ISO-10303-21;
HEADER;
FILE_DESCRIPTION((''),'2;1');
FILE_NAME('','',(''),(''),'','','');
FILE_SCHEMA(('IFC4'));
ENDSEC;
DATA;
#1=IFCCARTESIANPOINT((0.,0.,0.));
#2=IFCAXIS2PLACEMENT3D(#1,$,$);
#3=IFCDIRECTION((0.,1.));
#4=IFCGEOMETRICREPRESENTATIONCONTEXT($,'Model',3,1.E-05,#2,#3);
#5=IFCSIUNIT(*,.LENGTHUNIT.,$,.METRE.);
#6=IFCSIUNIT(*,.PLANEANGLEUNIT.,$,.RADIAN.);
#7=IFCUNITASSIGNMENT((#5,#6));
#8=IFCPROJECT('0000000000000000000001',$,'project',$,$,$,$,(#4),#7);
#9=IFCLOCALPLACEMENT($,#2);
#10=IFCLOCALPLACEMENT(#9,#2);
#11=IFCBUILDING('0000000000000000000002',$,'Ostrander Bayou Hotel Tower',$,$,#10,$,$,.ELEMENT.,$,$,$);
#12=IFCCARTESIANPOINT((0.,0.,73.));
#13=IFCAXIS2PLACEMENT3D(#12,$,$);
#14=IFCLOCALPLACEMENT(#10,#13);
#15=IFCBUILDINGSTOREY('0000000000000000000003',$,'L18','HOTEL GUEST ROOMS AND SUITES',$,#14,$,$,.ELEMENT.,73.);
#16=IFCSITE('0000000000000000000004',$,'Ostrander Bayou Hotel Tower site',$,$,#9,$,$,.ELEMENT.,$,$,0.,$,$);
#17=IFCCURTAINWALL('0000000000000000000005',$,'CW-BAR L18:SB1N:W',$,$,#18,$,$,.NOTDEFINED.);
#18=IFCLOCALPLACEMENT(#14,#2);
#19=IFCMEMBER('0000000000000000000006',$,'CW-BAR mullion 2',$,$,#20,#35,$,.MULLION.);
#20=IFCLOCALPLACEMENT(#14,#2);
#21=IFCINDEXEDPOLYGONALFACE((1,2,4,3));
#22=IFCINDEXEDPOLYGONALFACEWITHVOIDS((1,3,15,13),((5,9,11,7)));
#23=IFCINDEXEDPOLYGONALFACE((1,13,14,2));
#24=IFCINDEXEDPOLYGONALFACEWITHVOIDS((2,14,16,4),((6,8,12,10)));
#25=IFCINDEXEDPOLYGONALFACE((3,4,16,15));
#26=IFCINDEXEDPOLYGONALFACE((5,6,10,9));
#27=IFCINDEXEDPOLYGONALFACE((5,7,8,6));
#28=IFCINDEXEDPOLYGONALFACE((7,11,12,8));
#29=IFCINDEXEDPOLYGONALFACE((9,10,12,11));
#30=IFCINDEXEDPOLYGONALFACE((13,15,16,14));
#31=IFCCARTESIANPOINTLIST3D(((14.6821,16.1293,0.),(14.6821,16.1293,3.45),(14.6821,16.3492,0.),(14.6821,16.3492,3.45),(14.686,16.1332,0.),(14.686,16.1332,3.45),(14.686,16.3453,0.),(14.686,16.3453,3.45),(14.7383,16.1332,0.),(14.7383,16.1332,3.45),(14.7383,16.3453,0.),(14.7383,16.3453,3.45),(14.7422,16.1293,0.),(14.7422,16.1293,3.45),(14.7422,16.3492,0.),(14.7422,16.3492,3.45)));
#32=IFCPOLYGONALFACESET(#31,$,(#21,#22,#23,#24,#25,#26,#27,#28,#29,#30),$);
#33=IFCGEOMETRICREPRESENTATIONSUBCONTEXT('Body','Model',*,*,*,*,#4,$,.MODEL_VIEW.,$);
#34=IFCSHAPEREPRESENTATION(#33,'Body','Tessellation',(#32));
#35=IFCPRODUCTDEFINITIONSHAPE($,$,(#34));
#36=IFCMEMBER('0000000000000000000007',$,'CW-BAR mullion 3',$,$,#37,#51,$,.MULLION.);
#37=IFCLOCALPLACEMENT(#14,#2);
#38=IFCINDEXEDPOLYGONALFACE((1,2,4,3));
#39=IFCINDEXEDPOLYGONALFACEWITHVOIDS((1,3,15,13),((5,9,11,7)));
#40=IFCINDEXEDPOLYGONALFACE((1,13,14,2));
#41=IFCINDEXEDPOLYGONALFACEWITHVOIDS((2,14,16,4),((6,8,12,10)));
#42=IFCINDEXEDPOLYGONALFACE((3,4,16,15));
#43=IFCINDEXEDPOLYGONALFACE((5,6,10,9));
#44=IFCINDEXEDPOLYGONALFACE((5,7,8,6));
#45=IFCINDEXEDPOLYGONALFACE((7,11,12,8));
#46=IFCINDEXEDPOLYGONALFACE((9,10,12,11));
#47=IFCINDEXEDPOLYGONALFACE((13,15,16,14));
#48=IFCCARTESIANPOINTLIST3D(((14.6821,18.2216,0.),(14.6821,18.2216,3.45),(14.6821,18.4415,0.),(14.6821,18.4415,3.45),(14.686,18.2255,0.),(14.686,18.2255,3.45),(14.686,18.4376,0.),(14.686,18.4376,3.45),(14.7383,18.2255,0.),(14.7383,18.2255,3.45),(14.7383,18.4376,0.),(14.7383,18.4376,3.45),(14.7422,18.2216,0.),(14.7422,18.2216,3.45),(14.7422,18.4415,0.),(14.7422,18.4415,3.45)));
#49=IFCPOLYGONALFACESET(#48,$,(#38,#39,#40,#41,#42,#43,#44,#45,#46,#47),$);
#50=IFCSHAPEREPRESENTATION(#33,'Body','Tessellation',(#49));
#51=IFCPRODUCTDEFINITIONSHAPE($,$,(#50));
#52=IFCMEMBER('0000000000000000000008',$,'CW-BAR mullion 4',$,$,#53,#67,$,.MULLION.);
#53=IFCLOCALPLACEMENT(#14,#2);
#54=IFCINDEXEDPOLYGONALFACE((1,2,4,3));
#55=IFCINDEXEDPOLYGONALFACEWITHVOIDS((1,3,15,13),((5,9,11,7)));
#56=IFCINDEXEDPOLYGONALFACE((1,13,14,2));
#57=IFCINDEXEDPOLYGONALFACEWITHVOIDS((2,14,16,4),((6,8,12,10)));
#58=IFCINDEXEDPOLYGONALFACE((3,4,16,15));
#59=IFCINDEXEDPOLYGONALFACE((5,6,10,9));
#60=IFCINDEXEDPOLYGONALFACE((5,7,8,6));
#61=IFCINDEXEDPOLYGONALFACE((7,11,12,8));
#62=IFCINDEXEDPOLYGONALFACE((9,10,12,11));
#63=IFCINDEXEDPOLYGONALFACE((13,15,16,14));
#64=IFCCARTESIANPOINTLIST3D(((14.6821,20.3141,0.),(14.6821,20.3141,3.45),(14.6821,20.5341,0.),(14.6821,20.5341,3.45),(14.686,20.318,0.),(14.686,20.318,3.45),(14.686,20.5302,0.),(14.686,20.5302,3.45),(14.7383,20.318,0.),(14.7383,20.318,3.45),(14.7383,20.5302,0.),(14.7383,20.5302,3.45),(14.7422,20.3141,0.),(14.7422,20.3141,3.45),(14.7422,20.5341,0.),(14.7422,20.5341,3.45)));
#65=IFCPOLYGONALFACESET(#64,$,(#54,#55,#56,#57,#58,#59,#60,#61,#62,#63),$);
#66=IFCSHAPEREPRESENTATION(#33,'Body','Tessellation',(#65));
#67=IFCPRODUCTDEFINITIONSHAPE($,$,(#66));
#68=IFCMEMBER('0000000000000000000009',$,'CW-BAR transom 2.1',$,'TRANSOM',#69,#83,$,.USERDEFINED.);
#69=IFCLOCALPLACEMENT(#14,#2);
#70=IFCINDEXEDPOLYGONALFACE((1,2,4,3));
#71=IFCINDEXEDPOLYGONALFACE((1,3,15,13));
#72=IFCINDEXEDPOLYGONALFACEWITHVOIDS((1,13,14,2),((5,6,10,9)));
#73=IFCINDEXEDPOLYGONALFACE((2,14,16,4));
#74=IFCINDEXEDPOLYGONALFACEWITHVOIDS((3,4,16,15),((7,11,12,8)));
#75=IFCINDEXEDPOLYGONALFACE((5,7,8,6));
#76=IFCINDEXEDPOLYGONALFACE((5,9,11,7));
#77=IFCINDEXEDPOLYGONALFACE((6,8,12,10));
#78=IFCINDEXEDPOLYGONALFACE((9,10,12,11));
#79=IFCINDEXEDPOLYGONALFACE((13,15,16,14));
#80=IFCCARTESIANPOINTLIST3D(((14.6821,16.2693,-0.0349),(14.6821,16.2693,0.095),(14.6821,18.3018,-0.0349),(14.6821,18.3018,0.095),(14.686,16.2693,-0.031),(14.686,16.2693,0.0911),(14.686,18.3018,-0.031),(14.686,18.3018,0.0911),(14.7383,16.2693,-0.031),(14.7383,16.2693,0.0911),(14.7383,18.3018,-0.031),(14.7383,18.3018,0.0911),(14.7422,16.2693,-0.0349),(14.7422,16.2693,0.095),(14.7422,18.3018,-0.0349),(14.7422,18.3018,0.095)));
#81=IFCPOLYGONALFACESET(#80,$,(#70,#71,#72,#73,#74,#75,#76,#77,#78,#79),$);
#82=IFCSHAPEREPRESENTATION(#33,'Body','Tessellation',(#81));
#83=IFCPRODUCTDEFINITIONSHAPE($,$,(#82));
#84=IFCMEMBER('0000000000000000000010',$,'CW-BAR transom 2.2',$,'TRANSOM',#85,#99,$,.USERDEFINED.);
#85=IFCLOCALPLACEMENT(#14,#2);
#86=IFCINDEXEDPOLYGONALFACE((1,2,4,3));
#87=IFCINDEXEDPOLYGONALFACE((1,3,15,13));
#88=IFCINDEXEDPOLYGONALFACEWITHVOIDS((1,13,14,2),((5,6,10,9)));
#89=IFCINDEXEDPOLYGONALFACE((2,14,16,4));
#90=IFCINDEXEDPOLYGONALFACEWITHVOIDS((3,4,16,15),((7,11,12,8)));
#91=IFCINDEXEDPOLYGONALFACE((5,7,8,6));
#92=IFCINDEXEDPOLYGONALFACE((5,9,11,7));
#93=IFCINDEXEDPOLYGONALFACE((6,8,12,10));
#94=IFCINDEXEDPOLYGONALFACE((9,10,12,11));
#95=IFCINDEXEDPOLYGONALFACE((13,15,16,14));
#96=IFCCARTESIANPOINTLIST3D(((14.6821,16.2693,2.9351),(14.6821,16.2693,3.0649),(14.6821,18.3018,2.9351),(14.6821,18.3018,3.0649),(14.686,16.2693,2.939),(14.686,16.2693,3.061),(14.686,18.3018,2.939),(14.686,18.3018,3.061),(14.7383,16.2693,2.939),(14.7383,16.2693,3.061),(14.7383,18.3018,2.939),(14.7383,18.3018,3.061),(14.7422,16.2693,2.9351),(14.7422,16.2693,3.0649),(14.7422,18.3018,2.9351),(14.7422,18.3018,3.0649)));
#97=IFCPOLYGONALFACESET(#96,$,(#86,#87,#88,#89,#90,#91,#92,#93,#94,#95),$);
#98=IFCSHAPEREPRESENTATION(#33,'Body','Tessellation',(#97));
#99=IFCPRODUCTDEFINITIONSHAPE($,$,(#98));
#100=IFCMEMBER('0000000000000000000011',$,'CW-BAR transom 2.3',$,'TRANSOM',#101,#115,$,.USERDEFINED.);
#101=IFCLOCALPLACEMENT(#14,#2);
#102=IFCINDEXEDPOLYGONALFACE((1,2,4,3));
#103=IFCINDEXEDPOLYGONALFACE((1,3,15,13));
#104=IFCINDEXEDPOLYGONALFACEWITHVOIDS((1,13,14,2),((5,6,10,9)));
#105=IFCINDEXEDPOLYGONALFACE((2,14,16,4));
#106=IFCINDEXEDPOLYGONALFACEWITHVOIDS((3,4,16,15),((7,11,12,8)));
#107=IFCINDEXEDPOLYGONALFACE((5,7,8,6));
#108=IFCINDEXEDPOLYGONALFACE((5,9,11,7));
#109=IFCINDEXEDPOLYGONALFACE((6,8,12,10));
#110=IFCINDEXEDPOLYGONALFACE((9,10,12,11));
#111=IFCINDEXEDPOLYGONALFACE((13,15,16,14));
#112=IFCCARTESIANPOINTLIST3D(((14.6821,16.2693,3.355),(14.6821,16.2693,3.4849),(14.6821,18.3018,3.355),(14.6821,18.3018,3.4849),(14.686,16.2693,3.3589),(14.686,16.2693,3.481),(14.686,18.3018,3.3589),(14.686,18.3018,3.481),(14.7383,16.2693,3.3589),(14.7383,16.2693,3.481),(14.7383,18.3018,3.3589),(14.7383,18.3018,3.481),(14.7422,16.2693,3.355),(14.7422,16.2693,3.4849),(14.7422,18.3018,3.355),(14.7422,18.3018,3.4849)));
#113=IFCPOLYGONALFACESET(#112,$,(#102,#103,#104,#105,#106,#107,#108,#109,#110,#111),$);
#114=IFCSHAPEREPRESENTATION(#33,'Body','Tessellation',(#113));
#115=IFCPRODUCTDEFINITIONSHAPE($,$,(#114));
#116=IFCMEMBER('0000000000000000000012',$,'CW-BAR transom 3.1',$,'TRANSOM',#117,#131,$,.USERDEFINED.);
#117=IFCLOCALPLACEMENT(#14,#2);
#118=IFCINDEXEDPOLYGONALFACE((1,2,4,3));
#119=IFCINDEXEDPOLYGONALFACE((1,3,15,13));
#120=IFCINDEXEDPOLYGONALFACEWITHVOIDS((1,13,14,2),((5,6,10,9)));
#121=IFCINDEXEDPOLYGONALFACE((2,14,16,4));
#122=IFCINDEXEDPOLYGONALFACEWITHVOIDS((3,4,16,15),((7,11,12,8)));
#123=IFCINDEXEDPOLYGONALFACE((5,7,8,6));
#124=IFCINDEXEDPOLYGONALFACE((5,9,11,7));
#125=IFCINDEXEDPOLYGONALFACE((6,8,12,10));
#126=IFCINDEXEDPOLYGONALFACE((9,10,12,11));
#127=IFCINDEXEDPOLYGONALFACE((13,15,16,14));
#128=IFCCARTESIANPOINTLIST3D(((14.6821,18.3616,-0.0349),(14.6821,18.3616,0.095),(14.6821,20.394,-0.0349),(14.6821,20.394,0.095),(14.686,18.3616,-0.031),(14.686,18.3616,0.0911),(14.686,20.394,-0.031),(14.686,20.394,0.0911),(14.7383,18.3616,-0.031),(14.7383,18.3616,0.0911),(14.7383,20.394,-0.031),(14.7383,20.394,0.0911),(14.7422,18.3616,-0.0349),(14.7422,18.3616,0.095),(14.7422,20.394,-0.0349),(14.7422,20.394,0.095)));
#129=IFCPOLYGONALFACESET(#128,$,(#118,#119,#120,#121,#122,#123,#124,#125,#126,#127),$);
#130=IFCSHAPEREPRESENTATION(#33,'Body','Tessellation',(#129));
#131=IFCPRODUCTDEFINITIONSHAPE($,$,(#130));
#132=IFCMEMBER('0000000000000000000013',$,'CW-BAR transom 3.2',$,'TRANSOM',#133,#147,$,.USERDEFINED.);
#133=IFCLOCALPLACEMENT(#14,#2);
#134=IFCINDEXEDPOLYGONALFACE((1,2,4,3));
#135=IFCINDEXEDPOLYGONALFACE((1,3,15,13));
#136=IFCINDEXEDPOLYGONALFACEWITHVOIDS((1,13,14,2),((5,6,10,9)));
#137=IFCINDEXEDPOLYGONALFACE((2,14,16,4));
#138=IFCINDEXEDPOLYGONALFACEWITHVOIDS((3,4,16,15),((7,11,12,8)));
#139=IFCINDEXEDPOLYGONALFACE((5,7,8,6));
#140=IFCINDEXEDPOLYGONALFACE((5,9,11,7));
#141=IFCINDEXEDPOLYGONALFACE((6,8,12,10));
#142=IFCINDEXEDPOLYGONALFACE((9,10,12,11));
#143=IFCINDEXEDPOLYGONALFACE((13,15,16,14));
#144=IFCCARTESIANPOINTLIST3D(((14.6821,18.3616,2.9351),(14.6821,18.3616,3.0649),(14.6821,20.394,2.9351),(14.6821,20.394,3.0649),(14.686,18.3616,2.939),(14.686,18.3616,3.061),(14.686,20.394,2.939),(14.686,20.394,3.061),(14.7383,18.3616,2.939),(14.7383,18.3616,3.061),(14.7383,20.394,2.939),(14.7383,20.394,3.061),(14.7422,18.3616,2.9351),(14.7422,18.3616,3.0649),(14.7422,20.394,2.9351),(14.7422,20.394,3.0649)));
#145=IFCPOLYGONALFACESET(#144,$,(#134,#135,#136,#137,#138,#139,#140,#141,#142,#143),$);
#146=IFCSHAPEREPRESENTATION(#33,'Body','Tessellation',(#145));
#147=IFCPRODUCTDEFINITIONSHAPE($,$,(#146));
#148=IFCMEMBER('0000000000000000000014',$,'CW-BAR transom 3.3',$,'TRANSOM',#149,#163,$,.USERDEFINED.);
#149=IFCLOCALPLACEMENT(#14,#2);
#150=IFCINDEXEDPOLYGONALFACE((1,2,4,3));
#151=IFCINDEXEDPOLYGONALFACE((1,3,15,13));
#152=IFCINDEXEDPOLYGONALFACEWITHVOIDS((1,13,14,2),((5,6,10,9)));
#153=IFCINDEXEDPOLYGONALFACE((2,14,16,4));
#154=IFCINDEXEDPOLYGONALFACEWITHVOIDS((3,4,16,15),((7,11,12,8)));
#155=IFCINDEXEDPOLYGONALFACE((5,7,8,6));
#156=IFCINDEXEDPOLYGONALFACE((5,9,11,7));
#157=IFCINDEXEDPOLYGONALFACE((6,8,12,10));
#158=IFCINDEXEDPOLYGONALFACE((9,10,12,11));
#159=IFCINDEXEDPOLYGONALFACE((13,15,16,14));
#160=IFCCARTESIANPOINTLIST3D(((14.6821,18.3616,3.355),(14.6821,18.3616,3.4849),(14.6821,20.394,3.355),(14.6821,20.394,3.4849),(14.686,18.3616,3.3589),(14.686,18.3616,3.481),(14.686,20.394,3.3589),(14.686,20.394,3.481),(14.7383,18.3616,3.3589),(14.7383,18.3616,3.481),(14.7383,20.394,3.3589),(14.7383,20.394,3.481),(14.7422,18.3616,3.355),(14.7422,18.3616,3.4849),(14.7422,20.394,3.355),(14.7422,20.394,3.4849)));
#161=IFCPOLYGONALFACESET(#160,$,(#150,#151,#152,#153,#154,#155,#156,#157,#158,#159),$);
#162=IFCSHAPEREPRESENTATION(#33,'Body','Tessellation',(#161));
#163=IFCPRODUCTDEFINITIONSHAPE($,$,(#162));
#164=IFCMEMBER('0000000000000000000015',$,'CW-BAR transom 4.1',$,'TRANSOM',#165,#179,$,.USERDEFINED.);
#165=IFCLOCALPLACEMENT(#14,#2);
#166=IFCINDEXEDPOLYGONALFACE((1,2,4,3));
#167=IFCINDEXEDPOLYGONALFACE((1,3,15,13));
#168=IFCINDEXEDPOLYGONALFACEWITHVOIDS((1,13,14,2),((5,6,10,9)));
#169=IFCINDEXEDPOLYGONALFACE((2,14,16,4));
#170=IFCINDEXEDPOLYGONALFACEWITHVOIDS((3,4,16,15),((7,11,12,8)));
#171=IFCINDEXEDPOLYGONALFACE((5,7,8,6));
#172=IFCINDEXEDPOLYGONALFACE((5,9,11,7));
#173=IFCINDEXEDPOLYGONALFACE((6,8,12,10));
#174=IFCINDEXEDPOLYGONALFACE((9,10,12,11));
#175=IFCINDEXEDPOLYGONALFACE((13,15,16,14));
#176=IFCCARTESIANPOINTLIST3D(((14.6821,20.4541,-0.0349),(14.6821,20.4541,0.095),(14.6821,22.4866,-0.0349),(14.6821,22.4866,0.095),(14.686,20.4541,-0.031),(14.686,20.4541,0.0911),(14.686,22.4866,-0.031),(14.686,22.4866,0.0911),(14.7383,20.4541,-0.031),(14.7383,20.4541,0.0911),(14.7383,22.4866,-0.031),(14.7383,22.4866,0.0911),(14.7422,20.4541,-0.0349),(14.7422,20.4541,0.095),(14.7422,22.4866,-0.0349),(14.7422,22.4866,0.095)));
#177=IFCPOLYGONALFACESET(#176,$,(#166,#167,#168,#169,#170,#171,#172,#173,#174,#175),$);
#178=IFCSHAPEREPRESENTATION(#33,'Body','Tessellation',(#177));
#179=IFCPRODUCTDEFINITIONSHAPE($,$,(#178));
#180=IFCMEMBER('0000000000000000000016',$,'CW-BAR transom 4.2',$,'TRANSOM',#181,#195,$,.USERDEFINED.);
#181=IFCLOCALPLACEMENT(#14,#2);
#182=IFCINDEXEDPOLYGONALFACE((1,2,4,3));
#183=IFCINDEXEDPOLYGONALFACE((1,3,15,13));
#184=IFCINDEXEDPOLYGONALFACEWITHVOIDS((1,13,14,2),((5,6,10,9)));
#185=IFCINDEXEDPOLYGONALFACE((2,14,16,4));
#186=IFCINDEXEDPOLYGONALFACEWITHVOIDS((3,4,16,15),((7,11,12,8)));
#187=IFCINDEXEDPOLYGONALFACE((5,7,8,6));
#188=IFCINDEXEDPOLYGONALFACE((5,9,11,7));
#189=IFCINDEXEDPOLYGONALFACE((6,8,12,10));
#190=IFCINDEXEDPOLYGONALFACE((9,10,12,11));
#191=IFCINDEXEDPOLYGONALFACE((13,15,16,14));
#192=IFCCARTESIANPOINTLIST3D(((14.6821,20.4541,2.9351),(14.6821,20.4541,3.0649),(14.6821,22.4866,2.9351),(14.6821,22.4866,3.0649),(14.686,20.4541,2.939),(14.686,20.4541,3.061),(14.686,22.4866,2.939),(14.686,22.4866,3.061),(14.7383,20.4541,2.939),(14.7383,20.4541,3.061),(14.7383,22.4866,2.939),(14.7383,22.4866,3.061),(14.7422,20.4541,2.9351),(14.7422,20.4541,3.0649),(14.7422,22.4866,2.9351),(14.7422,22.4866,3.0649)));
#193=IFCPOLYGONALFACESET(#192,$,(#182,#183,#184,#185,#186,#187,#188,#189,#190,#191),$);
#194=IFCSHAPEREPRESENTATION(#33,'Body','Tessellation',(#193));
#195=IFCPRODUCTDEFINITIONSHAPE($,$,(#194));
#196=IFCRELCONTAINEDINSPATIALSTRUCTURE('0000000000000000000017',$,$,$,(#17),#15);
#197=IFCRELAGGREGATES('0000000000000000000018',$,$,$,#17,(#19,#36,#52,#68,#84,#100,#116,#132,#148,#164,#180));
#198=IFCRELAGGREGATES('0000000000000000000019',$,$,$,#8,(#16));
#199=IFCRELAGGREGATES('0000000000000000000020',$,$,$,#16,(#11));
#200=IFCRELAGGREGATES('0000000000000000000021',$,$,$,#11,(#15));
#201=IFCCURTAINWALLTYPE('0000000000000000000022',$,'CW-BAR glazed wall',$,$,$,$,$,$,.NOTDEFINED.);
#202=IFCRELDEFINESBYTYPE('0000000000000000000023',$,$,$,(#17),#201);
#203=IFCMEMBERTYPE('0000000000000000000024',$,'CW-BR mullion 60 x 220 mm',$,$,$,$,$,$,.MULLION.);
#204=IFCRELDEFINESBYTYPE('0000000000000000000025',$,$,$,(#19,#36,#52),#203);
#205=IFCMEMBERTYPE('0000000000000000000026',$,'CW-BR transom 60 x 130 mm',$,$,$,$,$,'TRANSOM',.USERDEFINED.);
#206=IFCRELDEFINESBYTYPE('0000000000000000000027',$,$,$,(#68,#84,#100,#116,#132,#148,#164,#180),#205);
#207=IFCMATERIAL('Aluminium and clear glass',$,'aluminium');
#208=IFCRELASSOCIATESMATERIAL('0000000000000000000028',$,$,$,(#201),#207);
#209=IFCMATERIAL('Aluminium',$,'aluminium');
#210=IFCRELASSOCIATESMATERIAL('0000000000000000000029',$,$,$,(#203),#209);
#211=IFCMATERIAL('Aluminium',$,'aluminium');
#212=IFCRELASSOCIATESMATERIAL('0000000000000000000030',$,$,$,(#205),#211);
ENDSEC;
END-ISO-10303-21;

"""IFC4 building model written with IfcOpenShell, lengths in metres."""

from ifc_helpers import new_model, si_unit, direction, frame, origin, origin_2d, place, context, subcontext, project, spatial, hollow_rectangle, extrude, material, material_profile, profile_set, type_object, element, aggregate, save


model = new_model("IFC4")

# Units and contexts
model_context = context("Model", 3, precision=1e-05, world=origin(), true_north=direction((0.0, 1.0)))
body_context = subcontext(model_context, "Body", "Model", "MODEL_VIEW")
ifc_project = project(units=[si_unit("LENGTHUNIT", "METRE"), si_unit("PLANEANGLEUNIT", "RADIAN")], contexts=[model_context])

# Site, building, storey
site_placement = place(None, origin())
site = spatial("IfcSite", under=ifc_project, at=site_placement, Name="Ostrander Bayou Hotel Tower site", CompositionType="ELEMENT", RefElevation=0.0)
building_placement = place(site_placement, origin())
building = spatial("IfcBuilding", under=site, at=building_placement, Name="Ostrander Bayou Hotel Tower", CompositionType="ELEMENT")
storey_placement = place(building_placement, frame((0.0, 0.0, 73.0)))
storey = spatial("IfcBuildingStorey", under=building, at=storey_placement, Name="L18", Description="HOTEL GUEST ROOMS AND SUITES", CompositionType="ELEMENT", Elevation=73.0)

# Curtain wall, members
ifc_material_1 = material(Name="Aluminium and clear glass", Category="aluminium")
curtain_wall_type = type_object("IfcCurtainWallType", Name="CW-BAR glazed wall", PredefinedType="NOTDEFINED", material=ifc_material_1)
curtain_wall_placement = place(storey_placement, origin())
curtain_wall = element("IfcCurtainWall", 1, at=curtain_wall_placement, inside=storey, type_object=curtain_wall_type, Name="CW-BAR L18:SB1N:W", PredefinedType="NOTDEFINED")
ifc_material_2 = material(Name="Aluminium", Category="aluminium")
ifc_material_profile_1 = material_profile(ifc_material_2, hollow_rectangle(XDim=0.0601, YDim=0.22, WallThickness=0.0039, at=origin_2d()))
ifc_profile_set_1 = profile_set([ifc_material_profile_1], Name="Aluminium")
member_type_1 = type_object("IfcMemberType", Name="CW-BR mullion 60 x 220 mm", PredefinedType="MULLION", material=ifc_profile_set_1)
member_1_placement = place(storey_placement, frame((14.7122, 16.2393, 0.0), z_axis=(0.0, 0.0, 1.0), x_axis=(-1.0, 0.0, 0.0)))
member_1 = element("IfcMember", 2, at=member_1_placement, type_object=member_type_1, Name="CW-BAR mullion 2", PredefinedType="MULLION", context=body_context, shape_type="SweptSolid", body=[
    extrude(hollow_rectangle(XDim=0.0601, YDim=0.22, WallThickness=0.0039, at=origin_2d()), origin(), (0.0, 0.0, 1.0), 3.45),
])
member_2_placement = place(storey_placement, frame((14.7122, 18.3315, 0.0), z_axis=(0.0, 0.0, 1.0), x_axis=(-1.0, 0.0, 0.0)))
member_2 = element("IfcMember", 3, at=member_2_placement, type_object=member_type_1, Name="CW-BAR mullion 3", PredefinedType="MULLION", context=body_context, shape_type="SweptSolid", body=[
    extrude(hollow_rectangle(XDim=0.0601, YDim=0.22, WallThickness=0.0039, at=origin_2d()), origin(), (0.0, 0.0, 1.0), 3.45),
])
member_3_placement = place(storey_placement, frame((14.7122, 20.4241, 0.0), z_axis=(0.0, 0.0, 1.0), x_axis=(-1.0, 0.0, 0.0)))
member_3 = element("IfcMember", 4, at=member_3_placement, type_object=member_type_1, Name="CW-BAR mullion 4", PredefinedType="MULLION", context=body_context, shape_type="SweptSolid", body=[
    extrude(hollow_rectangle(XDim=0.0601, YDim=0.22, WallThickness=0.0039, at=origin_2d()), origin(), (0.0, 0.0, 1.0), 3.45),
])
ifc_material_3 = material(Name="Aluminium", Category="aluminium")
ifc_material_profile_2 = material_profile(ifc_material_3, hollow_rectangle(XDim=0.0601, YDim=0.1299, WallThickness=0.0039, at=origin_2d()))
ifc_profile_set_2 = profile_set([ifc_material_profile_2], Name="Aluminium")
member_type_2 = type_object("IfcMemberType", Name="CW-BR transom 60 x 130 mm", ElementType="TRANSOM", PredefinedType="USERDEFINED", material=ifc_profile_set_2)
member_4_placement = place(storey_placement, frame((14.7122, 16.2693, 0.03), z_axis=(0.0, 1.0, 0.0), x_axis=(-1.0, 0.0, 0.0)))
member_4 = element("IfcMember", 5, at=member_4_placement, type_object=member_type_2, Name="CW-BAR transom 2.1", ObjectType="TRANSOM", PredefinedType="USERDEFINED", context=body_context, shape_type="SweptSolid", body=[
    extrude(hollow_rectangle(XDim=0.0601, YDim=0.1299, WallThickness=0.0039, at=origin_2d()), origin(), (0.0, 0.0, 1.0), 2.0325),
])
member_5_placement = place(storey_placement, frame((14.7122, 16.2693, 3.0), z_axis=(0.0, 1.0, 0.0), x_axis=(-1.0, 0.0, 0.0)))
member_5 = element("IfcMember", 6, at=member_5_placement, type_object=member_type_2, Name="CW-BAR transom 2.2", ObjectType="TRANSOM", PredefinedType="USERDEFINED", context=body_context, shape_type="SweptSolid", body=[
    extrude(hollow_rectangle(XDim=0.0601, YDim=0.1299, WallThickness=0.0039, at=origin_2d()), origin(), (0.0, 0.0, 1.0), 2.0325),
])
member_6_placement = place(storey_placement, frame((14.7122, 16.2693, 3.4199), z_axis=(0.0, 1.0, 0.0), x_axis=(-1.0, 0.0, 0.0)))
member_6 = element("IfcMember", 7, at=member_6_placement, type_object=member_type_2, Name="CW-BAR transom 2.3", ObjectType="TRANSOM", PredefinedType="USERDEFINED", context=body_context, shape_type="SweptSolid", body=[
    extrude(hollow_rectangle(XDim=0.0601, YDim=0.1299, WallThickness=0.0039, at=origin_2d()), origin(), (0.0, 0.0, 1.0), 2.0325),
])
member_7_placement = place(storey_placement, frame((14.7122, 18.3616, 0.03), z_axis=(0.0, 1.0, 0.0), x_axis=(-1.0, 0.0, 0.0)))
member_7 = element("IfcMember", 8, at=member_7_placement, type_object=member_type_2, Name="CW-BAR transom 3.1", ObjectType="TRANSOM", PredefinedType="USERDEFINED", context=body_context, shape_type="SweptSolid", body=[
    extrude(hollow_rectangle(XDim=0.0601, YDim=0.1299, WallThickness=0.0039, at=origin_2d()), origin(), (0.0, 0.0, 1.0), 2.0325),
])
member_8_placement = place(storey_placement, frame((14.7122, 18.3616, 3.0), z_axis=(0.0, 1.0, 0.0), x_axis=(-1.0, 0.0, 0.0)))
member_8 = element("IfcMember", 9, at=member_8_placement, type_object=member_type_2, Name="CW-BAR transom 3.2", ObjectType="TRANSOM", PredefinedType="USERDEFINED", context=body_context, shape_type="SweptSolid", body=[
    extrude(hollow_rectangle(XDim=0.0601, YDim=0.1299, WallThickness=0.0039, at=origin_2d()), origin(), (0.0, 0.0, 1.0), 2.0325),
])
member_9_placement = place(storey_placement, frame((14.7122, 18.3616, 3.4199), z_axis=(0.0, 1.0, 0.0), x_axis=(-1.0, 0.0, 0.0)))
member_9 = element("IfcMember", 10, at=member_9_placement, type_object=member_type_2, Name="CW-BAR transom 3.3", ObjectType="TRANSOM", PredefinedType="USERDEFINED", context=body_context, shape_type="SweptSolid", body=[
    extrude(hollow_rectangle(XDim=0.0601, YDim=0.1299, WallThickness=0.0039, at=origin_2d()), origin(), (0.0, 0.0, 1.0), 2.0325),
])
member_10_placement = place(storey_placement, frame((14.7122, 20.4541, 0.03), z_axis=(0.0, 1.0, 0.0), x_axis=(-1.0, 0.0, 0.0)))
member_10 = element("IfcMember", 11, at=member_10_placement, type_object=member_type_2, Name="CW-BAR transom 4.1", ObjectType="TRANSOM", PredefinedType="USERDEFINED", context=body_context, shape_type="SweptSolid", body=[
    extrude(hollow_rectangle(XDim=0.0601, YDim=0.1299, WallThickness=0.0039, at=origin_2d()), origin(), (0.0, 0.0, 1.0), 2.0325),
])
member_11_placement = place(storey_placement, frame((14.7122, 20.4541, 3.0), z_axis=(0.0, 1.0, 0.0), x_axis=(-1.0, 0.0, 0.0)))
member_11 = element("IfcMember", 12, at=member_11_placement, type_object=member_type_2, Name="CW-BAR transom 4.2", ObjectType="TRANSOM", PredefinedType="USERDEFINED", context=body_context, shape_type="SweptSolid", body=[
    extrude(hollow_rectangle(XDim=0.0601, YDim=0.1299, WallThickness=0.0039, at=origin_2d()), origin(), (0.0, 0.0, 1.0), 2.0325),
])

aggregate(curtain_wall, [member_1, member_2, member_3, member_4, member_5, member_6, member_7, member_8, member_9, member_10, member_11])

save(model, "model.ifc")
